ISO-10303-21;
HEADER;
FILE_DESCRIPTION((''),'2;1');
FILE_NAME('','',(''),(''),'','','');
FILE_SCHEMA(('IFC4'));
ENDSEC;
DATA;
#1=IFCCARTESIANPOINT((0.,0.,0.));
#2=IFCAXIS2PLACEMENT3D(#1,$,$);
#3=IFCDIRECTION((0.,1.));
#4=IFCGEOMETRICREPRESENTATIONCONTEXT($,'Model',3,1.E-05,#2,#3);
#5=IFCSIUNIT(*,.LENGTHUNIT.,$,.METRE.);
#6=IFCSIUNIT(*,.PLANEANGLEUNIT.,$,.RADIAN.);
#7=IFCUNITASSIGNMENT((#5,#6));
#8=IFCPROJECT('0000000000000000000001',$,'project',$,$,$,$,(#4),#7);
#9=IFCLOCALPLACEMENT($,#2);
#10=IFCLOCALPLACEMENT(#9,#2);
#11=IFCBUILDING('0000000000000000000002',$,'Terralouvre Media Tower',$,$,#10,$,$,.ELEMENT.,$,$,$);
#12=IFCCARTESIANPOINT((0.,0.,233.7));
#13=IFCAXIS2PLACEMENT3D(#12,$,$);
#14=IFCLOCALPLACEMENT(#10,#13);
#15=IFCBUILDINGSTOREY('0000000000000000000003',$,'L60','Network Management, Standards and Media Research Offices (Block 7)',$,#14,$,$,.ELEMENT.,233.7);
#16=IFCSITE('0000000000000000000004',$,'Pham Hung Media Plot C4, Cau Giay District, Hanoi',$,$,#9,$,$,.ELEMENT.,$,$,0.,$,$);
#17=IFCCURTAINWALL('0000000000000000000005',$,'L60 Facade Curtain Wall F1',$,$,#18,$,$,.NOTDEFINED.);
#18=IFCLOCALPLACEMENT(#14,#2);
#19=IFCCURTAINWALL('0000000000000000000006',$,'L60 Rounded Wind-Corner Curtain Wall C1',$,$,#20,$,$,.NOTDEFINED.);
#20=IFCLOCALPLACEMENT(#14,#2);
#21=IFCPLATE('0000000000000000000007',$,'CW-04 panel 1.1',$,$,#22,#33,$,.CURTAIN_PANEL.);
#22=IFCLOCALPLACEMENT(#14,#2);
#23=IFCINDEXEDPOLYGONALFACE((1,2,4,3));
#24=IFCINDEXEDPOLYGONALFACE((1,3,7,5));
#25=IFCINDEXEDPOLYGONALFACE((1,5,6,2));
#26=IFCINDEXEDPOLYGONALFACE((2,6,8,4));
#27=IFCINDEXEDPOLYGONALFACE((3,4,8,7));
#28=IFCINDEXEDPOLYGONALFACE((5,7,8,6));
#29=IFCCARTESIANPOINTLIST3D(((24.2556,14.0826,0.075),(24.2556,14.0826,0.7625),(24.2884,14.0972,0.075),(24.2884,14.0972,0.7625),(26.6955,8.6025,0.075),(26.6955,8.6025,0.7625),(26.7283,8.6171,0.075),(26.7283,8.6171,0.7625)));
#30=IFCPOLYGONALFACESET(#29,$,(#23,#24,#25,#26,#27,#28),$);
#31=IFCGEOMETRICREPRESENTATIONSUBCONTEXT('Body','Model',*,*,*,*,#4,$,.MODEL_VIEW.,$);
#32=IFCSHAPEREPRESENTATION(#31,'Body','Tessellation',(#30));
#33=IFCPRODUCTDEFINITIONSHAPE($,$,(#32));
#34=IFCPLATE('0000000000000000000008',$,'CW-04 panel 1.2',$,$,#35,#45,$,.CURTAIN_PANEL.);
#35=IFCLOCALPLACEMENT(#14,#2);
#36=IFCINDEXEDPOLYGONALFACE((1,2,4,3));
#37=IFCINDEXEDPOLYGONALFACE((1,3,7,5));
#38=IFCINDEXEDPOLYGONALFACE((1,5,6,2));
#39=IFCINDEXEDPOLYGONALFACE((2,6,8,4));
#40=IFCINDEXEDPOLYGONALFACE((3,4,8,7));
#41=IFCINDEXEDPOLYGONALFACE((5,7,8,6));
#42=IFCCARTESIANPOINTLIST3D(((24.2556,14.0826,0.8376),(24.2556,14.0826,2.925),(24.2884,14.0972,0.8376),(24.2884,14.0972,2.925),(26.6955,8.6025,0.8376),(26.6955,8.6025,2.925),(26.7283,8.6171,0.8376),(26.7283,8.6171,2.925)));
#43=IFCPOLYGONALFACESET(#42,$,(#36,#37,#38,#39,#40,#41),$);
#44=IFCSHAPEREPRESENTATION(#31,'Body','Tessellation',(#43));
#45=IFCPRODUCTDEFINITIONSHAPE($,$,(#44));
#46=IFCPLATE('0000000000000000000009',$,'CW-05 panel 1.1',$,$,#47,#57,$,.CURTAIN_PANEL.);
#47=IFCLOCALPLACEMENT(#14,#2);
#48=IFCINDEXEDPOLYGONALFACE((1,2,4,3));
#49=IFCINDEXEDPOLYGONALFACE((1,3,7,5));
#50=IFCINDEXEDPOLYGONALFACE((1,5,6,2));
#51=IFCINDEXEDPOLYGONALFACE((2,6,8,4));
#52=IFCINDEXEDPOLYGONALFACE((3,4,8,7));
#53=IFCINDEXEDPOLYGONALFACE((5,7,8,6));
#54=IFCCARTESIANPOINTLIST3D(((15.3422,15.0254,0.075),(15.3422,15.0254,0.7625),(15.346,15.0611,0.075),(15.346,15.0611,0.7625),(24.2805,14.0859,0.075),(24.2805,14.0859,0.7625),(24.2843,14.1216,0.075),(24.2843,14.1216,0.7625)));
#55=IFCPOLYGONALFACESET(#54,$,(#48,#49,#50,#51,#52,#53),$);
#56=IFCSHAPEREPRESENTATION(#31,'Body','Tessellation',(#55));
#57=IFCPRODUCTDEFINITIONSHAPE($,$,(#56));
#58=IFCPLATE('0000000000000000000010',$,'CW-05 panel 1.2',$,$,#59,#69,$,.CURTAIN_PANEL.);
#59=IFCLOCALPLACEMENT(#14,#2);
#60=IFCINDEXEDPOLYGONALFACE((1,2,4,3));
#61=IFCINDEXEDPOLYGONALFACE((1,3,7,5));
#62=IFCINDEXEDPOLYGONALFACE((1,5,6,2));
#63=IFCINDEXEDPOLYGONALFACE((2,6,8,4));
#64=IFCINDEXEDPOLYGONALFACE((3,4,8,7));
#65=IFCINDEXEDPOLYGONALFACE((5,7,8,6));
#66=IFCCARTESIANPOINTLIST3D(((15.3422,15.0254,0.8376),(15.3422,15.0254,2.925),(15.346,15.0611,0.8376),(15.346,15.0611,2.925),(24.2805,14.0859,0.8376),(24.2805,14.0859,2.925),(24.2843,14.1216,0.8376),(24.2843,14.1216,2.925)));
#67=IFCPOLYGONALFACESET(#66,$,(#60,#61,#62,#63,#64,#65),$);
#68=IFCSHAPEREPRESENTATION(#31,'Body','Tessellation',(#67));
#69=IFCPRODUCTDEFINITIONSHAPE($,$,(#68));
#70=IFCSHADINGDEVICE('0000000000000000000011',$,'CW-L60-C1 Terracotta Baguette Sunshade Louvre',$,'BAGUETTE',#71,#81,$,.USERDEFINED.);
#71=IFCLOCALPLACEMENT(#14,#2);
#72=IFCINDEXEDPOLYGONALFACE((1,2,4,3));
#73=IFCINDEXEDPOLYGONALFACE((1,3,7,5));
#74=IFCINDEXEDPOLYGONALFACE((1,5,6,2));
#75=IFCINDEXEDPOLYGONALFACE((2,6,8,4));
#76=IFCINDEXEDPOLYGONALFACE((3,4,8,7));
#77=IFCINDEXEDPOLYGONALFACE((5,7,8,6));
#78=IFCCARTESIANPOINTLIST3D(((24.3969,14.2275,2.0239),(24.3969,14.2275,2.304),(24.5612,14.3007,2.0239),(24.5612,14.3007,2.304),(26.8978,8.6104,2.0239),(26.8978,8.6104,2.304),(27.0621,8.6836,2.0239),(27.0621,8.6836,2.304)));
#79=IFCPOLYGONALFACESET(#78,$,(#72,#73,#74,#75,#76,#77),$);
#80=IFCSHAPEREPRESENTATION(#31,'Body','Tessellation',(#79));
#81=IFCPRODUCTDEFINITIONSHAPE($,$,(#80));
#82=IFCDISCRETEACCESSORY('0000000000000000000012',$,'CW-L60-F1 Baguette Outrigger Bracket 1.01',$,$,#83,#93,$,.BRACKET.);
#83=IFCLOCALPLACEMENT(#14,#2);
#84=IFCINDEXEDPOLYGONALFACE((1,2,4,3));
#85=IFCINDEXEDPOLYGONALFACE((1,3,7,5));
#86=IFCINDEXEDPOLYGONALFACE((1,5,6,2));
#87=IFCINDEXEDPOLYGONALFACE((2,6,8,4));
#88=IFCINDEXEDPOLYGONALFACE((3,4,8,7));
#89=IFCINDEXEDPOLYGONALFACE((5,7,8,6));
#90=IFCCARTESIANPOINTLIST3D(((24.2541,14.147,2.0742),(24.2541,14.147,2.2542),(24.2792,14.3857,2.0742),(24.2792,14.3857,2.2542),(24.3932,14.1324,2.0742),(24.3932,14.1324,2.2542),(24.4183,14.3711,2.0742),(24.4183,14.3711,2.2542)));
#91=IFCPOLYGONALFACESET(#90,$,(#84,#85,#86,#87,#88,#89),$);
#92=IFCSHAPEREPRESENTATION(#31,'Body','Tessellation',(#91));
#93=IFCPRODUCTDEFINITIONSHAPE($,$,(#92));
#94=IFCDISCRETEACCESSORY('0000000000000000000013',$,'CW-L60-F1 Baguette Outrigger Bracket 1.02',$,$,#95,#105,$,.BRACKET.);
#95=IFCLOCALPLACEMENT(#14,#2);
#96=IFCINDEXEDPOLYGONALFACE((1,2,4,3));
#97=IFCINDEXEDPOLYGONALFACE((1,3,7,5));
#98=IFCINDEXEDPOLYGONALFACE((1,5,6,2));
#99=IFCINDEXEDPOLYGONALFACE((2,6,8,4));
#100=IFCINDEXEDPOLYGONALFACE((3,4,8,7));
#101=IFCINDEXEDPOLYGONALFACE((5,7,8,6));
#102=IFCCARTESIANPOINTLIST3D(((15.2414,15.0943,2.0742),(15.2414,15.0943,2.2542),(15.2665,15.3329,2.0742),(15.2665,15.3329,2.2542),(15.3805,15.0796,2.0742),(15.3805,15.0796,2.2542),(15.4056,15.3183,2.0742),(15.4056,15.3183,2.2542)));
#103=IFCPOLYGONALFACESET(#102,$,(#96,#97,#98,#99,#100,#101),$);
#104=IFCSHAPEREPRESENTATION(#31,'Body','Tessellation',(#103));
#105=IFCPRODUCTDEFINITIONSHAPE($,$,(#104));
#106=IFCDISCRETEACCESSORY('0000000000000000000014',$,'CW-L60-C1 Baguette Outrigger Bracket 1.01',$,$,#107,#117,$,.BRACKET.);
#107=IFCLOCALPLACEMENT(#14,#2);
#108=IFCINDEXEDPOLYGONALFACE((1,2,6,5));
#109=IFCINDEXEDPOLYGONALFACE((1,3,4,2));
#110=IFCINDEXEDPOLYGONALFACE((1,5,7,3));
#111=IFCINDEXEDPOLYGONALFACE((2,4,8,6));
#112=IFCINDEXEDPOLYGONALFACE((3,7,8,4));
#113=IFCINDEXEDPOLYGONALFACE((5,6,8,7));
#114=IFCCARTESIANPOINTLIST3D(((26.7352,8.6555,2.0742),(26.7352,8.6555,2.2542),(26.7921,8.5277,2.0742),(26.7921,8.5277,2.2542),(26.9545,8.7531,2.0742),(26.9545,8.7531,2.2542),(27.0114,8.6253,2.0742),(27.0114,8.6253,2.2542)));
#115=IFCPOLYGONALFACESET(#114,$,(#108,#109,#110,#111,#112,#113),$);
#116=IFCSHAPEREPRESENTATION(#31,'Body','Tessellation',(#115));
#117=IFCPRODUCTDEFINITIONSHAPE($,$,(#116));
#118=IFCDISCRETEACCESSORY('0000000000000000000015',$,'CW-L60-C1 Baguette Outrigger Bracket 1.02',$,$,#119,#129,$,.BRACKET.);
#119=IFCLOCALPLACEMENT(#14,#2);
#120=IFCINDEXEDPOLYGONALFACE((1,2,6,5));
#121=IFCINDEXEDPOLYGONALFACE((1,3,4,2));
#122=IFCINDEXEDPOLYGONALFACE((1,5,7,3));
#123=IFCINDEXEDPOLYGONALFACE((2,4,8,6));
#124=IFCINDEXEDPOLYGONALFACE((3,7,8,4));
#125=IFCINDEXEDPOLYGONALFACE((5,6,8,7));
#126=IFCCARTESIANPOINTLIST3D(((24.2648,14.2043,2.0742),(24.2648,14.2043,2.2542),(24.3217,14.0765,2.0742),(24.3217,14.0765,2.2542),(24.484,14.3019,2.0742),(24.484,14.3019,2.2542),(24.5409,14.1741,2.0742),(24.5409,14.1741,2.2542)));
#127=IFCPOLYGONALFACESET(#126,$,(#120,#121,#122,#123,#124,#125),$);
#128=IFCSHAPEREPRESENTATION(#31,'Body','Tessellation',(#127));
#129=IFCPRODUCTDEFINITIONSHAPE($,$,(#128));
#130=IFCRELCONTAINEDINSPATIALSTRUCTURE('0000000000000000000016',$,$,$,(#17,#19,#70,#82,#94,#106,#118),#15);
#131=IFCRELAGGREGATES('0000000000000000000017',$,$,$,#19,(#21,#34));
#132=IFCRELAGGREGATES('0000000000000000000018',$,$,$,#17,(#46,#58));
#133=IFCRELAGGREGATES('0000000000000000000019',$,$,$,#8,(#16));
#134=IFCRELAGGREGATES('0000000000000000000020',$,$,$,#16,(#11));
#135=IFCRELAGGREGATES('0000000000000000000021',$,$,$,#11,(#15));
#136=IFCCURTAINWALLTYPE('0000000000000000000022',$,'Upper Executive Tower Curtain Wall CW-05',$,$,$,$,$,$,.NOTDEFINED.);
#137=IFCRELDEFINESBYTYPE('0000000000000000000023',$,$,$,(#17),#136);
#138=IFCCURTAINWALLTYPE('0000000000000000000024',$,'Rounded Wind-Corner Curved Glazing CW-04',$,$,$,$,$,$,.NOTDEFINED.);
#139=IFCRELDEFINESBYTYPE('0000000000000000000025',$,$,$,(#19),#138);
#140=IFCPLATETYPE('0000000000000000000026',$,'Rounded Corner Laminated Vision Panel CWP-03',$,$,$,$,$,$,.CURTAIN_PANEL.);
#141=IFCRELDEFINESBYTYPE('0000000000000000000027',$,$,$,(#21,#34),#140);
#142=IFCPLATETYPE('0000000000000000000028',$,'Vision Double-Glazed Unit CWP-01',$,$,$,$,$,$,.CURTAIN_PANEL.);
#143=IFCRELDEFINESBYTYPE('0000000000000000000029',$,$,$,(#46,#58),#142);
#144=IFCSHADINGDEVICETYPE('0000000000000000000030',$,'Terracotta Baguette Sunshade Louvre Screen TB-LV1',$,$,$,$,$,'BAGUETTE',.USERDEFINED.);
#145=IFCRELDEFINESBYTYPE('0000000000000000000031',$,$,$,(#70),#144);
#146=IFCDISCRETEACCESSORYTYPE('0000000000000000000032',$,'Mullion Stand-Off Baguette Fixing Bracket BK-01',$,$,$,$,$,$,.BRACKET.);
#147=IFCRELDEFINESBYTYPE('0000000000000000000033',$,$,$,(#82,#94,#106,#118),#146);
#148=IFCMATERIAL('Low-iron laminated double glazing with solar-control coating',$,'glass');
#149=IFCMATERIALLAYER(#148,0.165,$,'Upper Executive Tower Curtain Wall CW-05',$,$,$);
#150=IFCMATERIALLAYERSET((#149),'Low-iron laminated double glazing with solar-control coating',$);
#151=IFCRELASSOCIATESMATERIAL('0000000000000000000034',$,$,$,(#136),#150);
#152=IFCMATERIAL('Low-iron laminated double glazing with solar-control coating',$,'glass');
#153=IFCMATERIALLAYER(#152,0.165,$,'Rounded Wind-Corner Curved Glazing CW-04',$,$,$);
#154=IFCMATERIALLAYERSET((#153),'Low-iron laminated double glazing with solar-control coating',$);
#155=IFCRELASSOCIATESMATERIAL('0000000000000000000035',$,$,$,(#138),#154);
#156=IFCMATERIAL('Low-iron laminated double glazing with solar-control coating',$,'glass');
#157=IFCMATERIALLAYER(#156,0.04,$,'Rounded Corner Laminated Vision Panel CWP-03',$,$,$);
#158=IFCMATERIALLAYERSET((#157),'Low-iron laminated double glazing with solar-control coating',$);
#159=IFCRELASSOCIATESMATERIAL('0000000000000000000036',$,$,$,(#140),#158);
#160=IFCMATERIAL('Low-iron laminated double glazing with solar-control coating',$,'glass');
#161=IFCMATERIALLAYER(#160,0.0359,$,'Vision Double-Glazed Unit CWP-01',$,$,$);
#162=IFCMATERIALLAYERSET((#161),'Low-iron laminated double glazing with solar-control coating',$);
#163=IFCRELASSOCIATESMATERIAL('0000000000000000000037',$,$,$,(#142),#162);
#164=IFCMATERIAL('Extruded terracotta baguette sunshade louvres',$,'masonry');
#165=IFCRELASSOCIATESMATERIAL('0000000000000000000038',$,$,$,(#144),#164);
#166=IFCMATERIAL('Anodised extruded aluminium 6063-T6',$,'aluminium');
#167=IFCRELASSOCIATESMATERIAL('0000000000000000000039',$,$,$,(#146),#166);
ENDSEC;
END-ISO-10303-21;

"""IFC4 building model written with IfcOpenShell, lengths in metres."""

from ifc_helpers import new_model, si_unit, direction, frame, origin, origin_2d, place, context, subcontext, project, spatial, rectangle, extrude, material, layer, layer_set, type_object, element, aggregate, save


model = new_model("IFC4")

# Units and contexts
model_context = context("Model", 3, precision=1e-05, world=origin(), true_north=direction((0.0, 1.0)))
body_context = subcontext(model_context, "Body", "Model", "MODEL_VIEW")
ifc_project = project(units=[si_unit("LENGTHUNIT", "METRE"), si_unit("PLANEANGLEUNIT", "RADIAN")], contexts=[model_context])

# Site, building, storey
site_placement = place(None, origin())
site = spatial("IfcSite", under=ifc_project, at=site_placement, Name="Pham Hung Media Plot C4, Cau Giay District, Hanoi", CompositionType="ELEMENT", RefElevation=0.0)
building_placement = place(site_placement, origin())
building = spatial("IfcBuilding", under=site, at=building_placement, Name="Terralouvre Media Tower", CompositionType="ELEMENT")
storey_placement = place(building_placement, frame((0.0, 0.0, 233.7)))
storey = spatial("IfcBuildingStorey", under=building, at=storey_placement, Name="L60", Description="Network Management, Standards and Media Research Offices (Block 7)", CompositionType="ELEMENT", Elevation=233.7)

# Curtain wall
ifc_material_1 = material(Name="Low-iron laminated double glazing with solar-control coating", Category="glass")
ifc_layer_1 = layer(ifc_material_1, 0.165, Name="Upper Executive Tower Curtain Wall CW-05")
ifc_layer_set_1 = layer_set([ifc_layer_1], Name="Low-iron laminated double glazing with solar-control coating")
curtain_wall_type_1 = type_object("IfcCurtainWallType", Name="Upper Executive Tower Curtain Wall CW-05", PredefinedType="NOTDEFINED", material=ifc_layer_set_1)
curtain_wall_1_placement = place(storey_placement, origin())
curtain_wall_1 = element("IfcCurtainWall", 1, at=curtain_wall_1_placement, inside=storey, type_object=curtain_wall_type_1, Name="L60 Facade Curtain Wall F1", PredefinedType="NOTDEFINED")

# Curtain wall
ifc_material_2 = material(Name="Low-iron laminated double glazing with solar-control coating", Category="glass")
ifc_layer_2 = layer(ifc_material_2, 0.165, Name="Rounded Wind-Corner Curved Glazing CW-04")
ifc_layer_set_2 = layer_set([ifc_layer_2], Name="Low-iron laminated double glazing with solar-control coating")
curtain_wall_type_2 = type_object("IfcCurtainWallType", Name="Rounded Wind-Corner Curved Glazing CW-04", PredefinedType="NOTDEFINED", material=ifc_layer_set_2)
curtain_wall_2_placement = place(storey_placement, origin())
curtain_wall_2 = element("IfcCurtainWall", 2, at=curtain_wall_2_placement, inside=storey, type_object=curtain_wall_type_2, Name="L60 Rounded Wind-Corner Curtain Wall C1", PredefinedType="NOTDEFINED")

# Plates
ifc_material_3 = material(Name="Low-iron laminated double glazing with solar-control coating", Category="glass")
ifc_layer_3 = layer(ifc_material_3, 0.04, Name="Rounded Corner Laminated Vision Panel CWP-03")
ifc_layer_set_3 = layer_set([ifc_layer_3], Name="Low-iron laminated double glazing with solar-control coating")
plate_type_1 = type_object("IfcPlateType", Name="Rounded Corner Laminated Vision Panel CWP-03", PredefinedType="CURTAIN_PANEL", material=ifc_layer_set_3)
plate_1_placement = place(storey_placement, frame((25.4919, 11.3499, 0.075), z_axis=(0.0, 0.0, 1.0), x_axis=(-0.406737, 0.913545, 0.0)))
plate_1 = element("IfcPlate", 3, at=plate_1_placement, type_object=plate_type_1, Name="CW-04 panel 1.1", PredefinedType="CURTAIN_PANEL", context=body_context, shape_type="SweptSolid", body=[
    extrude(rectangle(XDim=5.9988, YDim=0.0359, at=origin_2d()), origin(), (0.0, 0.0, 1.0), 0.6875),
])
plate_2_placement = place(storey_placement, frame((25.4919, 11.3499, 0.8376), z_axis=(0.0, 0.0, 1.0), x_axis=(-0.406737, 0.913545, 0.0)))
plate_2 = element("IfcPlate", 4, at=plate_2_placement, type_object=plate_type_1, Name="CW-04 panel 1.2", PredefinedType="CURTAIN_PANEL", context=body_context, shape_type="SweptSolid", body=[
    extrude(rectangle(XDim=5.9988, YDim=0.0359, at=origin_2d()), origin(), (0.0, 0.0, 1.0), 2.0874),
])
aggregate(curtain_wall_2, [plate_1, plate_2])
ifc_material_4 = material(Name="Low-iron laminated double glazing with solar-control coating", Category="glass")
ifc_layer_4 = layer(ifc_material_4, 0.0359, Name="Vision Double-Glazed Unit CWP-01")
ifc_layer_set_4 = layer_set([ifc_layer_4], Name="Low-iron laminated double glazing with solar-control coating")
plate_type_2 = type_object("IfcPlateType", Name="Vision Double-Glazed Unit CWP-01", PredefinedType="CURTAIN_PANEL", material=ifc_layer_set_4)
plate_3_placement = place(storey_placement, frame((19.8132, 14.5735, 0.075), z_axis=(0.0, 0.0, 1.0), x_axis=(-0.994522, 0.104529, 0.0)))
plate_3 = element("IfcPlate", 5, at=plate_3_placement, type_object=plate_type_2, Name="CW-05 panel 1.1", PredefinedType="CURTAIN_PANEL", context=body_context, shape_type="SweptSolid", body=[
    extrude(rectangle(XDim=8.9875, YDim=0.0359, at=origin_2d()), origin(), (0.0, 0.0, 1.0), 0.6875),
])
plate_4_placement = place(storey_placement, frame((19.8132, 14.5735, 0.8376), z_axis=(0.0, 0.0, 1.0), x_axis=(-0.994522, 0.104529, 0.0)))
plate_4 = element("IfcPlate", 6, at=plate_4_placement, type_object=plate_type_2, Name="CW-05 panel 1.2", PredefinedType="CURTAIN_PANEL", context=body_context, shape_type="SweptSolid", body=[
    extrude(rectangle(XDim=8.9875, YDim=0.0359, at=origin_2d()), origin(), (0.0, 0.0, 1.0), 2.0874),
])
aggregate(curtain_wall_1, [plate_3, plate_4])

# Shading device
ifc_material_5 = material(Name="Extruded terracotta baguette sunshade louvres", Category="masonry")
shading_device_type = type_object("IfcShadingDeviceType", Name="Terracotta Baguette Sunshade Louvre Screen TB-LV1", ElementType="BAGUETTE", PredefinedType="USERDEFINED", material=ifc_material_5)
shading_device_placement = place(storey_placement, frame((25.7295, 11.4556, 2.0239), z_axis=(0.0, 0.0, 1.0), x_axis=(-0.406737, 0.913545, 0.0)))
element("IfcShadingDevice", 7, at=shading_device_placement, inside=storey, type_object=shading_device_type, Name="CW-L60-C1 Terracotta Baguette Sunshade Louvre", ObjectType="BAGUETTE", PredefinedType="USERDEFINED", context=body_context, shape_type="SweptSolid", body=[
    extrude(rectangle(XDim=6.1487, YDim=0.1799, at=origin_2d()), origin(), (0.0, 0.0, 1.0), 0.28),
])

# Discrete accessories
ifc_material_6 = material(Name="Anodised extruded aluminium 6063-T6", Category="aluminium")
discrete_accessory_type = type_object("IfcDiscreteAccessoryType", Name="Mullion Stand-Off Baguette Fixing Bracket BK-01", PredefinedType="BRACKET", material=ifc_material_6)
for number, where, z_axis, x_axis, name in (
    (8, (24.3362, 14.259, 2.0742), (0.0, 0.0, 1.0), (-0.994522, 0.104529, 0.0), "CW-L60-F1 Baguette Outrigger Bracket 1.01"),
    (9, (15.3235, 15.2063, 2.0742), (0.0, 0.0, 1.0), (-0.994522, 0.104529, 0.0), "CW-L60-F1 Baguette Outrigger Bracket 1.02"),
    (10, (26.8733, 8.6404, 2.0742), (0.0, 0.0, 1.0), (-0.406737, 0.913545, 0.0), "CW-L60-C1 Baguette Outrigger Bracket 1.01"),
    (11, (24.4028, 14.1892, 2.0742), (0.0, 0.0, 1.0), (-0.406737, 0.913545, 0.0), "CW-L60-C1 Baguette Outrigger Bracket 1.02"),
):
    element("IfcDiscreteAccessory", number, at=place(storey_placement, frame(where, z_axis=z_axis, x_axis=x_axis)), inside=storey, type_object=discrete_accessory_type, Name=name, PredefinedType="BRACKET", context=body_context, shape_type="SweptSolid", body=[
        extrude(rectangle(XDim=0.1399, YDim=0.24, at=origin_2d()), origin(), (0.0, 0.0, 1.0), 0.1799),
    ])

save(model, "model.ifc")
